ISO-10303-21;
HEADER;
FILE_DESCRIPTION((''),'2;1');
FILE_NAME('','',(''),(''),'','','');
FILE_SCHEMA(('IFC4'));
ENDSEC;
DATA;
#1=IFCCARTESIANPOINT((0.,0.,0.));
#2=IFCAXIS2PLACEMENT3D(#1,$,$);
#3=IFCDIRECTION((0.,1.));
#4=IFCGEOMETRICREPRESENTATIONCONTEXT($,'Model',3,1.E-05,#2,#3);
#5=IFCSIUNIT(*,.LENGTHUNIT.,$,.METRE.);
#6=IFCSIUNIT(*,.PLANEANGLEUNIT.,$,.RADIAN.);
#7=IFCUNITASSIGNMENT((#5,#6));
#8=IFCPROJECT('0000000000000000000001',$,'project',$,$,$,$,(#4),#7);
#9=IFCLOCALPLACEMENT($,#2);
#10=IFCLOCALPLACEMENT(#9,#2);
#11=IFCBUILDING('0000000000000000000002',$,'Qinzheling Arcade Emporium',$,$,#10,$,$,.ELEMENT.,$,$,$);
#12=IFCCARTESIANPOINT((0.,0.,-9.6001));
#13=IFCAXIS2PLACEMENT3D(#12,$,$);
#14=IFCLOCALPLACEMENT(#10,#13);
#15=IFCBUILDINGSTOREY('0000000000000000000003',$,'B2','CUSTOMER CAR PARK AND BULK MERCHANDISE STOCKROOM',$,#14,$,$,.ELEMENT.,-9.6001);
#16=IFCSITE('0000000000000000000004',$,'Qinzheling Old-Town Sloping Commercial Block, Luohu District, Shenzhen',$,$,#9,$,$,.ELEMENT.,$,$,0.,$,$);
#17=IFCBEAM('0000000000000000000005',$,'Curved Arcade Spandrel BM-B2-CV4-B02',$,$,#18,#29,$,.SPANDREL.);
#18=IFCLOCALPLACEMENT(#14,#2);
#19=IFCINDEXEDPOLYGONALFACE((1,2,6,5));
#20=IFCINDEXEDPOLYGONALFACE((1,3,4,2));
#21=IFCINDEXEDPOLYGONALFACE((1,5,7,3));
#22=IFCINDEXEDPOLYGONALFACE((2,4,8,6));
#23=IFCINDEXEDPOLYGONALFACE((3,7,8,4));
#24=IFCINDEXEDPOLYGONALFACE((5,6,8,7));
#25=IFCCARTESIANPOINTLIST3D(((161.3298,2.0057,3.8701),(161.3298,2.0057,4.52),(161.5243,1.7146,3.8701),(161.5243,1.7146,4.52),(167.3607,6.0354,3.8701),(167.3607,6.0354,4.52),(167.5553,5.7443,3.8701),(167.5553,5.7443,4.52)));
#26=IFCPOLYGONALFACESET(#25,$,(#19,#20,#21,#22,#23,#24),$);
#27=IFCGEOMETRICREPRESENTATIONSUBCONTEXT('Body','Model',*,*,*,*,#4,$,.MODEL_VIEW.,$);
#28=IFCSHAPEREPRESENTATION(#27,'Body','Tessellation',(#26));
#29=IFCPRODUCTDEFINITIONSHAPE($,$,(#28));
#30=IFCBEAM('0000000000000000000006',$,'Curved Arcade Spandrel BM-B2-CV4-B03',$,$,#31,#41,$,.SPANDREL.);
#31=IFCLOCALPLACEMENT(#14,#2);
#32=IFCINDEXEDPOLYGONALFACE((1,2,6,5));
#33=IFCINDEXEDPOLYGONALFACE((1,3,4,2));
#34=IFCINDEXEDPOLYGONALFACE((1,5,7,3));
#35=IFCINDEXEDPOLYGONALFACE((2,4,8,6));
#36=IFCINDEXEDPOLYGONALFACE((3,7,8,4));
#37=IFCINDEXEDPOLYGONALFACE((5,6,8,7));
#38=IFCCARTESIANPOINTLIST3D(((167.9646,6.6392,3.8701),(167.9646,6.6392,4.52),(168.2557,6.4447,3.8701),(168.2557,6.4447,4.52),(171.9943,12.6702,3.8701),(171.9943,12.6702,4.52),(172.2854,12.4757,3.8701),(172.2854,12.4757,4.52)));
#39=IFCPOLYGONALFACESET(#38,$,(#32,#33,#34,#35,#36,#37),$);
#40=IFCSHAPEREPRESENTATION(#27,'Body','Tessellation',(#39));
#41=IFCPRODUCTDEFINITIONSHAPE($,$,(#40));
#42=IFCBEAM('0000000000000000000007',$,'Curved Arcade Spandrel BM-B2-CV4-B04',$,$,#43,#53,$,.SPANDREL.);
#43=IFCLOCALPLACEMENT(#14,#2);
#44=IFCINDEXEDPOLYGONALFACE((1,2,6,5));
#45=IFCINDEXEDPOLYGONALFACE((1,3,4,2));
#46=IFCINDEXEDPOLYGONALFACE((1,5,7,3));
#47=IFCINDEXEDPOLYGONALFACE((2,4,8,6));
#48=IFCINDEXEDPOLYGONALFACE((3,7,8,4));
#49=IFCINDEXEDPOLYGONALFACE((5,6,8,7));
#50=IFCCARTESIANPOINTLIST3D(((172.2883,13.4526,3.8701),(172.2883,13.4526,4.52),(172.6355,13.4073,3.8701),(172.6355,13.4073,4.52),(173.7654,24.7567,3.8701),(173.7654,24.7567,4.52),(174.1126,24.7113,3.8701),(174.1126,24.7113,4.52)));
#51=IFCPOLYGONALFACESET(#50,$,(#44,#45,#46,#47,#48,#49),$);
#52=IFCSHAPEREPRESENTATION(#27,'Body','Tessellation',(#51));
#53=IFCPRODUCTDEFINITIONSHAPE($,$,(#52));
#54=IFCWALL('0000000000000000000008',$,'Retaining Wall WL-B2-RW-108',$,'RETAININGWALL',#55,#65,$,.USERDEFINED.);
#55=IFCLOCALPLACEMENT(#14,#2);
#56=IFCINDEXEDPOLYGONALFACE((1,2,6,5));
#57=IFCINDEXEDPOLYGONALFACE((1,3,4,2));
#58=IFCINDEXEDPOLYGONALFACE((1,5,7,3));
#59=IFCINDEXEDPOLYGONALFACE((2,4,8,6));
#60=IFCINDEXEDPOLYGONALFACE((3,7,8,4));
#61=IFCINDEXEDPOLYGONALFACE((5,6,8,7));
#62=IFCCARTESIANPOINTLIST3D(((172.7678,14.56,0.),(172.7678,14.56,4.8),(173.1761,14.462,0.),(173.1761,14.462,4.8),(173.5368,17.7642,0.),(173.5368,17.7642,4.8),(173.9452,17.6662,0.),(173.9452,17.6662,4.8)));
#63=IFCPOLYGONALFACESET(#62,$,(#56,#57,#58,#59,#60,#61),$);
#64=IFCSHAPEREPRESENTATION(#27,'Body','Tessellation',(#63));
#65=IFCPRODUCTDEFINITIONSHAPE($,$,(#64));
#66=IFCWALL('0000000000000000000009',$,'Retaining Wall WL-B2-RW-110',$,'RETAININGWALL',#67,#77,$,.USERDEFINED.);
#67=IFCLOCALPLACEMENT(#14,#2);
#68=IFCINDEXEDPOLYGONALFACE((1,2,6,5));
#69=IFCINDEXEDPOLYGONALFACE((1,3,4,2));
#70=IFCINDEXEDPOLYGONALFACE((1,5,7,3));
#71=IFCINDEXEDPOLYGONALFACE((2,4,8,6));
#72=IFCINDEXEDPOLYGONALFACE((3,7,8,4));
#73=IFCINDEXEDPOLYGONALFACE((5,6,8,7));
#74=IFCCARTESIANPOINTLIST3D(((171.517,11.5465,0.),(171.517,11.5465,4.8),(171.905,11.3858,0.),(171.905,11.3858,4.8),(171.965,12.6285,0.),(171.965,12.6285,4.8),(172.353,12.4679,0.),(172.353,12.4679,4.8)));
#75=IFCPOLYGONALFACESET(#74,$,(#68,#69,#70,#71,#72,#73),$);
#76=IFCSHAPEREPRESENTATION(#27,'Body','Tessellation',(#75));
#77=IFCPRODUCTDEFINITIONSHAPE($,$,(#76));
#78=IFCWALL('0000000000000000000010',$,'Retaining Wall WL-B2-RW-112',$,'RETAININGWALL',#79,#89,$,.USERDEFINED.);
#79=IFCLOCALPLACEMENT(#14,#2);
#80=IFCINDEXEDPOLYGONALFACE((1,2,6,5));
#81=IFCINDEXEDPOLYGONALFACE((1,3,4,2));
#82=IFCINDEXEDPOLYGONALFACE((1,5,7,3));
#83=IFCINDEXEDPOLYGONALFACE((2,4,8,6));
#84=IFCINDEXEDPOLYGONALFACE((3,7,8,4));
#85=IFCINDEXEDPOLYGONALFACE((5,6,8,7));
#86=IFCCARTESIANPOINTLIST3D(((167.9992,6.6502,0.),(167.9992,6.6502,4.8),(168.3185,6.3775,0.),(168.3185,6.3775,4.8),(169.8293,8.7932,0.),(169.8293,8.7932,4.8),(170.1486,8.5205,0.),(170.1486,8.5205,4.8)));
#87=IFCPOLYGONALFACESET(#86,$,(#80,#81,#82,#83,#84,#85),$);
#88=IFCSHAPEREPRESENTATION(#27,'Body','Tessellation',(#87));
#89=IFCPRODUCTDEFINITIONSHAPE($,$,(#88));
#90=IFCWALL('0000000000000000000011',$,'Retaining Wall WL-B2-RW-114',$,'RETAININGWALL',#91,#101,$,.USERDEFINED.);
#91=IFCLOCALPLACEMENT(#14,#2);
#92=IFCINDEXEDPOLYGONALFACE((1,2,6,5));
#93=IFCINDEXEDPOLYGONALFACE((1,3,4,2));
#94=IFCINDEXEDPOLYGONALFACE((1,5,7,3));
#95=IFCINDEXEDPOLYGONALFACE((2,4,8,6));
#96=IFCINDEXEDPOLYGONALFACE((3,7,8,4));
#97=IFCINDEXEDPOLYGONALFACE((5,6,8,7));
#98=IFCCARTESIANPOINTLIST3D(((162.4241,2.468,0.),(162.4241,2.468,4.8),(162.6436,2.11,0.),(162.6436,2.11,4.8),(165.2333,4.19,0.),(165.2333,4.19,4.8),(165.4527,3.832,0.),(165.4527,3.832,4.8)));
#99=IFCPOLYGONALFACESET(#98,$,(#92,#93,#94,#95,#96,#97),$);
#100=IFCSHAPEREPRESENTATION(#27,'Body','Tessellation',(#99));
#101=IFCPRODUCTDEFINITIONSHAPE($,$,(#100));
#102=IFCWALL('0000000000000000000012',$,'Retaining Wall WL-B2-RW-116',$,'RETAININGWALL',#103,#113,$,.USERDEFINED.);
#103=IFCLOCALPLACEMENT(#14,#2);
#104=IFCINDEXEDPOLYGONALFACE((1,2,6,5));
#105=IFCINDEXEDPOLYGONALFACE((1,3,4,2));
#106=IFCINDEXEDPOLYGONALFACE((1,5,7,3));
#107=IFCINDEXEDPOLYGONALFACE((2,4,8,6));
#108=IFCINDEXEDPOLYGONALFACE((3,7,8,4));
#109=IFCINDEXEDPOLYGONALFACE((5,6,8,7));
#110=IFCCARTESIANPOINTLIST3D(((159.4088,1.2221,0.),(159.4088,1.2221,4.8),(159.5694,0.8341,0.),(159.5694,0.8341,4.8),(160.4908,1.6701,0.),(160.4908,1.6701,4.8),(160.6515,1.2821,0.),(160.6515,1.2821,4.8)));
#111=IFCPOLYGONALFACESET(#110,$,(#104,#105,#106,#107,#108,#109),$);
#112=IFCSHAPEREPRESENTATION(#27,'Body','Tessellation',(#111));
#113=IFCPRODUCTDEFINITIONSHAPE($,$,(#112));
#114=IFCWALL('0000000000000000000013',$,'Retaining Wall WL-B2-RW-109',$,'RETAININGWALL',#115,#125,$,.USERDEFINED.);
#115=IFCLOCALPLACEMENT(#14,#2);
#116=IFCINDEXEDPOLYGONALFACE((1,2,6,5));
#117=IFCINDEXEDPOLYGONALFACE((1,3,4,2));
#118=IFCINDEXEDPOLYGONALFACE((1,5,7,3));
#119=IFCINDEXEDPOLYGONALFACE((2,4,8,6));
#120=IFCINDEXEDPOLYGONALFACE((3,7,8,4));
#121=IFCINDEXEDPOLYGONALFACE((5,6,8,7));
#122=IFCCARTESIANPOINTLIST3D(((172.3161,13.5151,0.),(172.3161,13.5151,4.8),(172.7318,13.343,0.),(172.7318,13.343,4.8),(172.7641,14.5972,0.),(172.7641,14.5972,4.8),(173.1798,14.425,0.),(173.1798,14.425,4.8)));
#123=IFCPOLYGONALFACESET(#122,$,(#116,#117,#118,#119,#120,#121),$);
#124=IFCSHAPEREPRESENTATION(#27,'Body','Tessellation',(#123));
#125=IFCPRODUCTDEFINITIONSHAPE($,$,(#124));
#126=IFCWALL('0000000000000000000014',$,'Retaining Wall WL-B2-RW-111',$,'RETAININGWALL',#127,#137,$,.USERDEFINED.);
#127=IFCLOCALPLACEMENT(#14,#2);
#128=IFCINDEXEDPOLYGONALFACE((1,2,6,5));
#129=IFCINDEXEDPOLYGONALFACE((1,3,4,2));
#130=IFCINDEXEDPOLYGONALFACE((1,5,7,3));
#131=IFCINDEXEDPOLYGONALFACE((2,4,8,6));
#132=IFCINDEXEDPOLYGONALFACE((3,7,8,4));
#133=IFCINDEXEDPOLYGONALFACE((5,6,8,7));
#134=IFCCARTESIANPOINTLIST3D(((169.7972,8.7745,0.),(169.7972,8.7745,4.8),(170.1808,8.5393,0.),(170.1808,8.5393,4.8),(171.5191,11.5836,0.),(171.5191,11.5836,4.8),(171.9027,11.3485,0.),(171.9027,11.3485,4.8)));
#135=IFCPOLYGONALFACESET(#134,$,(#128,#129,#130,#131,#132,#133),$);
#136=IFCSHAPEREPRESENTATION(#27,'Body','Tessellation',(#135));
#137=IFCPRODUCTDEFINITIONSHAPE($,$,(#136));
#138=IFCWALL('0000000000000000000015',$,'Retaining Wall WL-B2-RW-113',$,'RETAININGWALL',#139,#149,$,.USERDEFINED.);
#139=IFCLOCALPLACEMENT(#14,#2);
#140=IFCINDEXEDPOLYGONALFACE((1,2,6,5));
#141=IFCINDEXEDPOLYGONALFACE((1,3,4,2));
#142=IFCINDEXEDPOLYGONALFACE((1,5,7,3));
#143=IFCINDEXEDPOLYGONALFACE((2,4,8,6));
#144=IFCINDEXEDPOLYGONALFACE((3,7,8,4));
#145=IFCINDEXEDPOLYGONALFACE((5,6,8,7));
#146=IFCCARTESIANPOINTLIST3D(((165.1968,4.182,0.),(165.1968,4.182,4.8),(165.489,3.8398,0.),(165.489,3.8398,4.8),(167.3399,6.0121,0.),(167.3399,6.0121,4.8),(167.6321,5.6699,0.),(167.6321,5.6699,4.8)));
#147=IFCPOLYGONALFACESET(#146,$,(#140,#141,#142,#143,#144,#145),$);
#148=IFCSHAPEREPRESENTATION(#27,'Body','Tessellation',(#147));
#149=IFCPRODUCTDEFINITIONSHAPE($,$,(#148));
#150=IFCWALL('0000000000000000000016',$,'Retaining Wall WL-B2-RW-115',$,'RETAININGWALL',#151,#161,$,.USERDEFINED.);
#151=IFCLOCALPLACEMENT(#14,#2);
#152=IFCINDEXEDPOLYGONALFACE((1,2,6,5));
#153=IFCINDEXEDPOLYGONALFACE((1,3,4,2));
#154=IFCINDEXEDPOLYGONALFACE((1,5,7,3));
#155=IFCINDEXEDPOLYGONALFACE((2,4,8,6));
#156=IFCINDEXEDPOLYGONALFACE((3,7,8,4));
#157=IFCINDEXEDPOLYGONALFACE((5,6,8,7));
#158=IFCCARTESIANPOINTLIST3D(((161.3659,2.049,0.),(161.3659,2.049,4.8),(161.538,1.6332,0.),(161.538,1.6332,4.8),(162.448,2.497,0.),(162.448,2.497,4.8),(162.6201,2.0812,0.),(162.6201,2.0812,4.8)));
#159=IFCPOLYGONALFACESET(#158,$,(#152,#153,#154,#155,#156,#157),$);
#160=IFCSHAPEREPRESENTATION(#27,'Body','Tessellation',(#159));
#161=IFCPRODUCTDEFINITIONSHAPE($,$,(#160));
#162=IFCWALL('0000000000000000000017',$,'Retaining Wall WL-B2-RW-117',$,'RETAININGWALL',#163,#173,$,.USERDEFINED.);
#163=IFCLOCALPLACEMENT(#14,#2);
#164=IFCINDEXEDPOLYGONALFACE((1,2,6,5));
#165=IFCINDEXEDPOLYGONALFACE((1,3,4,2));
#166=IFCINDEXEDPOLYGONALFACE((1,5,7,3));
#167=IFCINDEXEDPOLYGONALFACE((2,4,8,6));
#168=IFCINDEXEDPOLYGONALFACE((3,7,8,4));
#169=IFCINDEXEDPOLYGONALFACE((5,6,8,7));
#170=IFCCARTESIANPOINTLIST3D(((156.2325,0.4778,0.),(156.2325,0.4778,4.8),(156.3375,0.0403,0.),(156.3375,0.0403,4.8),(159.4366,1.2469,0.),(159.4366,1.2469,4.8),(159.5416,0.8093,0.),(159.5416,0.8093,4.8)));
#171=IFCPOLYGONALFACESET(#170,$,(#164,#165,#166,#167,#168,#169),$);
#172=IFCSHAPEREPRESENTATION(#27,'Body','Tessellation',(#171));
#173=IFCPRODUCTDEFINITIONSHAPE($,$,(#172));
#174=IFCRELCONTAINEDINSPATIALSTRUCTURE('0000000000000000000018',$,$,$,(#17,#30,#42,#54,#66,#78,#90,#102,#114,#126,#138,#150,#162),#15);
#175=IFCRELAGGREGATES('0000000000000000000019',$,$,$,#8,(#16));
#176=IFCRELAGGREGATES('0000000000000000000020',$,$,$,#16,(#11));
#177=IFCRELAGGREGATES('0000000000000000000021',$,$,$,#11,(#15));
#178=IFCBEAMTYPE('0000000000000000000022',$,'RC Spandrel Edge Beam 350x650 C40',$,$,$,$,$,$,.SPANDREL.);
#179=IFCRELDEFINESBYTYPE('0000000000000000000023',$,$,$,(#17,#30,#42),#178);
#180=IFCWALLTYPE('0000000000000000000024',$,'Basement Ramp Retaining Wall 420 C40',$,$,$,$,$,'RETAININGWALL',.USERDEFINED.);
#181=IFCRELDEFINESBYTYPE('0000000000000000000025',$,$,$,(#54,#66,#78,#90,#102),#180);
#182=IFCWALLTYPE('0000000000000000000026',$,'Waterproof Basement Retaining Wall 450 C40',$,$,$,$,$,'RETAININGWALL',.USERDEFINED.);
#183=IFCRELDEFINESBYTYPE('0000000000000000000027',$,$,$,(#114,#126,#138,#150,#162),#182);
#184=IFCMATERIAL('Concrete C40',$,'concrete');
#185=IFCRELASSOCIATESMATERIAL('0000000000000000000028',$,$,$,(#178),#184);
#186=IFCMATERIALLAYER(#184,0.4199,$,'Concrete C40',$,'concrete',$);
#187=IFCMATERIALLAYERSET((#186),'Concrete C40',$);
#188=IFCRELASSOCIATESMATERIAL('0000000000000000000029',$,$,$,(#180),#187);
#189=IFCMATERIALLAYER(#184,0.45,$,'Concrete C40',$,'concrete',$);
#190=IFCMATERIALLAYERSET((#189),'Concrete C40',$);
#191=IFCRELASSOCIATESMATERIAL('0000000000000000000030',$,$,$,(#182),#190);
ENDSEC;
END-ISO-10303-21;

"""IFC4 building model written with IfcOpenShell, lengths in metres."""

from ifc_helpers import new_model, si_unit, direction, frame, frame_2d, origin, origin_2d, place, context, subcontext, project, spatial, rectangle, extrude, material, layer, layer_set, material_profile, profile_set, type_object, element, save


model = new_model("IFC4")

# Units and contexts
model_context = context("Model", 3, precision=1e-05, world=origin(), true_north=direction((0.0, 1.0)))
body_context = subcontext(model_context, "Body", "Model", "MODEL_VIEW")
ifc_project = project(units=[si_unit("LENGTHUNIT", "METRE"), si_unit("PLANEANGLEUNIT", "RADIAN")], contexts=[model_context])

# Site, building, storey
site_placement = place(None, origin())
site = spatial("IfcSite", under=ifc_project, at=site_placement, Name="Qinzheling Old-Town Sloping Commercial Block, Luohu District, Shenzhen", CompositionType="ELEMENT", RefElevation=0.0)
building_placement = place(site_placement, origin())
building = spatial("IfcBuilding", under=site, at=building_placement, Name="Qinzheling Arcade Emporium", CompositionType="ELEMENT")
storey_placement = place(building_placement, frame((0.0, 0.0, -9.6001)))
storey = spatial("IfcBuildingStorey", under=building, at=storey_placement, Name="B2", Description="CUSTOMER CAR PARK AND BULK MERCHANDISE STOCKROOM", CompositionType="ELEMENT", Elevation=-9.6001)

# Shared definitions
ifc_material_1 = material(Name="Concrete C40", Category="concrete")

# Beams
ifc_material_profile_1 = material_profile(ifc_material_1, rectangle(XDim=0.3501, YDim=0.6499, at=origin_2d()), Name="RC 350x650", Category="concrete")
ifc_profile_set_1 = profile_set([ifc_material_profile_1], Name="Concrete C40")
beam_type_1 = type_object("IfcBeamType", Name="RC Spandrel Edge Beam 350x650 C40", PredefinedType="SPANDREL", material=ifc_profile_set_1)
for number, where, z_axis, x_axis, name in (
    (1, (161.427, 1.8601, 4.1951), (0.83147, 0.55557, 0.0), (-0.55557, 0.83147, 0.0), "Curved Arcade Spandrel BM-B2-CV4-B02"),
    (2, (168.1101, 6.542, 4.1951), (0.55557, 0.83147, 0.0), (-0.83147, 0.55557, 0.0), "Curved Arcade Spandrel BM-B2-CV4-B03"),
):
    element("IfcBeam", number, at=place(storey_placement, frame(where, z_axis=z_axis, x_axis=x_axis)), inside=storey, type_object=beam_type_1, Name=name, PredefinedType="SPANDREL", context=body_context, shape_type="SweptSolid", body=[
        extrude(rectangle(XDim=0.3501, YDim=0.6499, at=origin_2d()), origin(), (0.0, 0.0, 1.0), 7.2534),
    ])
beam_placement = place(storey_placement, frame((172.4619, 13.4299, 4.1951), z_axis=(0.129565, 0.991571, 0.0), x_axis=(-0.991571, 0.129565, 0.0)))
element("IfcBeam", 3, at=beam_placement, inside=storey, type_object=beam_type_1, Name="Curved Arcade Spandrel BM-B2-CV4-B04", PredefinedType="SPANDREL", context=body_context, shape_type="SweptSolid", body=[
    extrude(rectangle(XDim=0.3501, YDim=0.6499, at=origin_2d()), origin(), (0.0, 0.0, 1.0), 11.4001),
])

# Walls
ifc_layer_1 = layer(ifc_material_1, 0.4199, Name="Concrete C40", Category="concrete")
ifc_layer_set_1 = layer_set([ifc_layer_1], Name="Concrete C40")
wall_type_1 = type_object("IfcWallType", Name="Basement Ramp Retaining Wall 420 C40", ElementType="RETAININGWALL", PredefinedType="USERDEFINED", material=ifc_layer_set_1)
wall_1_placement = place(storey_placement, frame((173.741, 17.7151, 0.0), z_axis=(0.0, 0.0, 1.0), x_axis=(-0.23339, -0.972383, 0.0)))
element("IfcWall", 4, at=wall_1_placement, inside=storey, type_object=wall_type_1, Name="Retaining Wall WL-B2-RW-108", ObjectType="RETAININGWALL", PredefinedType="USERDEFINED", context=body_context, shape_type="SweptSolid", body=[
    extrude(rectangle(XDim=3.2952, YDim=0.4199, at=frame_2d((1.6475, 0.0))), origin(), (0.0, 0.0, 1.0), 4.8),
])
wall_2_placement = place(storey_placement, frame((172.1589, 12.5481, 0.0), z_axis=(0.0, 0.0, 1.0), x_axis=(-0.382542, -0.923938, 0.0)))
element("IfcWall", 5, at=wall_2_placement, inside=storey, type_object=wall_type_1, Name="Retaining Wall WL-B2-RW-110", ObjectType="RETAININGWALL", PredefinedType="USERDEFINED", context=body_context, shape_type="SweptSolid", body=[
    extrude(rectangle(XDim=1.1711, YDim=0.4199, at=frame_2d((0.5854, 0.0))), origin(), (0.0, 0.0, 1.0), 4.8),
])
wall_3_placement = place(storey_placement, frame((169.989, 8.657, 0.0), z_axis=(0.0, 0.0, 1.0), x_axis=(-0.649392, -0.760454, 0.0)))
element("IfcWall", 6, at=wall_3_placement, inside=storey, type_object=wall_type_1, Name="Retaining Wall WL-B2-RW-112", ObjectType="RETAININGWALL", PredefinedType="USERDEFINED", context=body_context, shape_type="SweptSolid", body=[
    extrude(rectangle(XDim=2.8181, YDim=0.4199, at=frame_2d((1.4092, 0.0))), origin(), (0.0, 0.0, 1.0), 4.8),
])
wall_4_placement = place(storey_placement, frame((165.343, 4.011, 0.0), z_axis=(0.0, 0.0, 1.0), x_axis=(-0.85257, -0.522612, 0.0)))
element("IfcWall", 7, at=wall_4_placement, inside=storey, type_object=wall_type_1, Name="Retaining Wall WL-B2-RW-114", ObjectType="RETAININGWALL", PredefinedType="USERDEFINED", context=body_context, shape_type="SweptSolid", body=[
    extrude(rectangle(XDim=3.2949, YDim=0.4199, at=frame_2d((1.6475, 0.0))), origin(), (0.0, 0.0, 1.0), 4.8),
])
wall_5_placement = place(storey_placement, frame((160.571, 1.4761, 0.0), z_axis=(0.0, 0.0, 1.0), x_axis=(-0.923938, -0.382542, 0.0)))
element("IfcWall", 8, at=wall_5_placement, inside=storey, type_object=wall_type_1, Name="Retaining Wall WL-B2-RW-116", ObjectType="RETAININGWALL", PredefinedType="USERDEFINED", context=body_context, shape_type="SweptSolid", body=[
    extrude(rectangle(XDim=1.1711, YDim=0.4199, at=frame_2d((0.5854, 0.0))), origin(), (0.0, 0.0, 1.0), 4.8),
])
ifc_layer_2 = layer(ifc_material_1, 0.45, Name="Concrete C40", Category="concrete")
ifc_layer_set_2 = layer_set([ifc_layer_2], Name="Concrete C40")
wall_type_2 = type_object("IfcWallType", Name="Waterproof Basement Retaining Wall 450 C40", ElementType="RETAININGWALL", PredefinedType="USERDEFINED", material=ifc_layer_set_2)
wall_6_placement = place(storey_placement, frame((172.9719, 14.511, 0.0), z_axis=(0.0, 0.0, 1.0), x_axis=(-0.382542, -0.923938, 0.0)))
element("IfcWall", 9, at=wall_6_placement, inside=storey, type_object=wall_type_2, Name="Retaining Wall WL-B2-RW-109", ObjectType="RETAININGWALL", PredefinedType="USERDEFINED", context=body_context, shape_type="SweptSolid", body=[
    extrude(rectangle(XDim=1.1711, YDim=0.45, at=frame_2d((0.5854, 0.0))), origin(), (0.0, 0.0, 1.0), 4.8),
])
wall_7_placement = place(storey_placement, frame((171.7109, 11.4661, 0.0), z_axis=(0.0, 0.0, 1.0), x_axis=(-0.522612, -0.85257, 0.0)))
element("IfcWall", 10, at=wall_7_placement, inside=storey, type_object=wall_type_2, Name="Retaining Wall WL-B2-RW-111", ObjectType="RETAININGWALL", PredefinedType="USERDEFINED", context=body_context, shape_type="SweptSolid", body=[
    extrude(rectangle(XDim=3.2949, YDim=0.45, at=frame_2d((1.6475, 0.0))), origin(), (0.0, 0.0, 1.0), 4.8),
])
wall_8_placement = place(storey_placement, frame((167.4861, 5.8411, 0.0), z_axis=(0.0, 0.0, 1.0), x_axis=(-0.760454, -0.649392, 0.0)))
element("IfcWall", 11, at=wall_8_placement, inside=storey, type_object=wall_type_2, Name="Retaining Wall WL-B2-RW-113", ObjectType="RETAININGWALL", PredefinedType="USERDEFINED", context=body_context, shape_type="SweptSolid", body=[
    extrude(rectangle(XDim=2.8181, YDim=0.45, at=frame_2d((1.4092, 0.0))), origin(), (0.0, 0.0, 1.0), 4.8),
])
wall_9_placement = place(storey_placement, frame((162.5339, 2.2891, 0.0), z_axis=(0.0, 0.0, 1.0), x_axis=(-0.923938, -0.382542, 0.0)))
element("IfcWall", 12, at=wall_9_placement, inside=storey, type_object=wall_type_2, Name="Retaining Wall WL-B2-RW-115", ObjectType="RETAININGWALL", PredefinedType="USERDEFINED", context=body_context, shape_type="SweptSolid", body=[
    extrude(rectangle(XDim=1.1711, YDim=0.45, at=frame_2d((0.5854, 0.0))), origin(), (0.0, 0.0, 1.0), 4.8),
])
wall_10_placement = place(storey_placement, frame((159.489, 1.0281, 0.0), z_axis=(0.0, 0.0, 1.0), x_axis=(-0.972383, -0.23339, 0.0)))
element("IfcWall", 13, at=wall_10_placement, inside=storey, type_object=wall_type_2, Name="Retaining Wall WL-B2-RW-117", ObjectType="RETAININGWALL", PredefinedType="USERDEFINED", context=body_context, shape_type="SweptSolid", body=[
    extrude(rectangle(XDim=3.2952, YDim=0.45, at=frame_2d((1.6475, 0.0))), origin(), (0.0, 0.0, 1.0), 4.8),
])

save(model, "model.ifc")
